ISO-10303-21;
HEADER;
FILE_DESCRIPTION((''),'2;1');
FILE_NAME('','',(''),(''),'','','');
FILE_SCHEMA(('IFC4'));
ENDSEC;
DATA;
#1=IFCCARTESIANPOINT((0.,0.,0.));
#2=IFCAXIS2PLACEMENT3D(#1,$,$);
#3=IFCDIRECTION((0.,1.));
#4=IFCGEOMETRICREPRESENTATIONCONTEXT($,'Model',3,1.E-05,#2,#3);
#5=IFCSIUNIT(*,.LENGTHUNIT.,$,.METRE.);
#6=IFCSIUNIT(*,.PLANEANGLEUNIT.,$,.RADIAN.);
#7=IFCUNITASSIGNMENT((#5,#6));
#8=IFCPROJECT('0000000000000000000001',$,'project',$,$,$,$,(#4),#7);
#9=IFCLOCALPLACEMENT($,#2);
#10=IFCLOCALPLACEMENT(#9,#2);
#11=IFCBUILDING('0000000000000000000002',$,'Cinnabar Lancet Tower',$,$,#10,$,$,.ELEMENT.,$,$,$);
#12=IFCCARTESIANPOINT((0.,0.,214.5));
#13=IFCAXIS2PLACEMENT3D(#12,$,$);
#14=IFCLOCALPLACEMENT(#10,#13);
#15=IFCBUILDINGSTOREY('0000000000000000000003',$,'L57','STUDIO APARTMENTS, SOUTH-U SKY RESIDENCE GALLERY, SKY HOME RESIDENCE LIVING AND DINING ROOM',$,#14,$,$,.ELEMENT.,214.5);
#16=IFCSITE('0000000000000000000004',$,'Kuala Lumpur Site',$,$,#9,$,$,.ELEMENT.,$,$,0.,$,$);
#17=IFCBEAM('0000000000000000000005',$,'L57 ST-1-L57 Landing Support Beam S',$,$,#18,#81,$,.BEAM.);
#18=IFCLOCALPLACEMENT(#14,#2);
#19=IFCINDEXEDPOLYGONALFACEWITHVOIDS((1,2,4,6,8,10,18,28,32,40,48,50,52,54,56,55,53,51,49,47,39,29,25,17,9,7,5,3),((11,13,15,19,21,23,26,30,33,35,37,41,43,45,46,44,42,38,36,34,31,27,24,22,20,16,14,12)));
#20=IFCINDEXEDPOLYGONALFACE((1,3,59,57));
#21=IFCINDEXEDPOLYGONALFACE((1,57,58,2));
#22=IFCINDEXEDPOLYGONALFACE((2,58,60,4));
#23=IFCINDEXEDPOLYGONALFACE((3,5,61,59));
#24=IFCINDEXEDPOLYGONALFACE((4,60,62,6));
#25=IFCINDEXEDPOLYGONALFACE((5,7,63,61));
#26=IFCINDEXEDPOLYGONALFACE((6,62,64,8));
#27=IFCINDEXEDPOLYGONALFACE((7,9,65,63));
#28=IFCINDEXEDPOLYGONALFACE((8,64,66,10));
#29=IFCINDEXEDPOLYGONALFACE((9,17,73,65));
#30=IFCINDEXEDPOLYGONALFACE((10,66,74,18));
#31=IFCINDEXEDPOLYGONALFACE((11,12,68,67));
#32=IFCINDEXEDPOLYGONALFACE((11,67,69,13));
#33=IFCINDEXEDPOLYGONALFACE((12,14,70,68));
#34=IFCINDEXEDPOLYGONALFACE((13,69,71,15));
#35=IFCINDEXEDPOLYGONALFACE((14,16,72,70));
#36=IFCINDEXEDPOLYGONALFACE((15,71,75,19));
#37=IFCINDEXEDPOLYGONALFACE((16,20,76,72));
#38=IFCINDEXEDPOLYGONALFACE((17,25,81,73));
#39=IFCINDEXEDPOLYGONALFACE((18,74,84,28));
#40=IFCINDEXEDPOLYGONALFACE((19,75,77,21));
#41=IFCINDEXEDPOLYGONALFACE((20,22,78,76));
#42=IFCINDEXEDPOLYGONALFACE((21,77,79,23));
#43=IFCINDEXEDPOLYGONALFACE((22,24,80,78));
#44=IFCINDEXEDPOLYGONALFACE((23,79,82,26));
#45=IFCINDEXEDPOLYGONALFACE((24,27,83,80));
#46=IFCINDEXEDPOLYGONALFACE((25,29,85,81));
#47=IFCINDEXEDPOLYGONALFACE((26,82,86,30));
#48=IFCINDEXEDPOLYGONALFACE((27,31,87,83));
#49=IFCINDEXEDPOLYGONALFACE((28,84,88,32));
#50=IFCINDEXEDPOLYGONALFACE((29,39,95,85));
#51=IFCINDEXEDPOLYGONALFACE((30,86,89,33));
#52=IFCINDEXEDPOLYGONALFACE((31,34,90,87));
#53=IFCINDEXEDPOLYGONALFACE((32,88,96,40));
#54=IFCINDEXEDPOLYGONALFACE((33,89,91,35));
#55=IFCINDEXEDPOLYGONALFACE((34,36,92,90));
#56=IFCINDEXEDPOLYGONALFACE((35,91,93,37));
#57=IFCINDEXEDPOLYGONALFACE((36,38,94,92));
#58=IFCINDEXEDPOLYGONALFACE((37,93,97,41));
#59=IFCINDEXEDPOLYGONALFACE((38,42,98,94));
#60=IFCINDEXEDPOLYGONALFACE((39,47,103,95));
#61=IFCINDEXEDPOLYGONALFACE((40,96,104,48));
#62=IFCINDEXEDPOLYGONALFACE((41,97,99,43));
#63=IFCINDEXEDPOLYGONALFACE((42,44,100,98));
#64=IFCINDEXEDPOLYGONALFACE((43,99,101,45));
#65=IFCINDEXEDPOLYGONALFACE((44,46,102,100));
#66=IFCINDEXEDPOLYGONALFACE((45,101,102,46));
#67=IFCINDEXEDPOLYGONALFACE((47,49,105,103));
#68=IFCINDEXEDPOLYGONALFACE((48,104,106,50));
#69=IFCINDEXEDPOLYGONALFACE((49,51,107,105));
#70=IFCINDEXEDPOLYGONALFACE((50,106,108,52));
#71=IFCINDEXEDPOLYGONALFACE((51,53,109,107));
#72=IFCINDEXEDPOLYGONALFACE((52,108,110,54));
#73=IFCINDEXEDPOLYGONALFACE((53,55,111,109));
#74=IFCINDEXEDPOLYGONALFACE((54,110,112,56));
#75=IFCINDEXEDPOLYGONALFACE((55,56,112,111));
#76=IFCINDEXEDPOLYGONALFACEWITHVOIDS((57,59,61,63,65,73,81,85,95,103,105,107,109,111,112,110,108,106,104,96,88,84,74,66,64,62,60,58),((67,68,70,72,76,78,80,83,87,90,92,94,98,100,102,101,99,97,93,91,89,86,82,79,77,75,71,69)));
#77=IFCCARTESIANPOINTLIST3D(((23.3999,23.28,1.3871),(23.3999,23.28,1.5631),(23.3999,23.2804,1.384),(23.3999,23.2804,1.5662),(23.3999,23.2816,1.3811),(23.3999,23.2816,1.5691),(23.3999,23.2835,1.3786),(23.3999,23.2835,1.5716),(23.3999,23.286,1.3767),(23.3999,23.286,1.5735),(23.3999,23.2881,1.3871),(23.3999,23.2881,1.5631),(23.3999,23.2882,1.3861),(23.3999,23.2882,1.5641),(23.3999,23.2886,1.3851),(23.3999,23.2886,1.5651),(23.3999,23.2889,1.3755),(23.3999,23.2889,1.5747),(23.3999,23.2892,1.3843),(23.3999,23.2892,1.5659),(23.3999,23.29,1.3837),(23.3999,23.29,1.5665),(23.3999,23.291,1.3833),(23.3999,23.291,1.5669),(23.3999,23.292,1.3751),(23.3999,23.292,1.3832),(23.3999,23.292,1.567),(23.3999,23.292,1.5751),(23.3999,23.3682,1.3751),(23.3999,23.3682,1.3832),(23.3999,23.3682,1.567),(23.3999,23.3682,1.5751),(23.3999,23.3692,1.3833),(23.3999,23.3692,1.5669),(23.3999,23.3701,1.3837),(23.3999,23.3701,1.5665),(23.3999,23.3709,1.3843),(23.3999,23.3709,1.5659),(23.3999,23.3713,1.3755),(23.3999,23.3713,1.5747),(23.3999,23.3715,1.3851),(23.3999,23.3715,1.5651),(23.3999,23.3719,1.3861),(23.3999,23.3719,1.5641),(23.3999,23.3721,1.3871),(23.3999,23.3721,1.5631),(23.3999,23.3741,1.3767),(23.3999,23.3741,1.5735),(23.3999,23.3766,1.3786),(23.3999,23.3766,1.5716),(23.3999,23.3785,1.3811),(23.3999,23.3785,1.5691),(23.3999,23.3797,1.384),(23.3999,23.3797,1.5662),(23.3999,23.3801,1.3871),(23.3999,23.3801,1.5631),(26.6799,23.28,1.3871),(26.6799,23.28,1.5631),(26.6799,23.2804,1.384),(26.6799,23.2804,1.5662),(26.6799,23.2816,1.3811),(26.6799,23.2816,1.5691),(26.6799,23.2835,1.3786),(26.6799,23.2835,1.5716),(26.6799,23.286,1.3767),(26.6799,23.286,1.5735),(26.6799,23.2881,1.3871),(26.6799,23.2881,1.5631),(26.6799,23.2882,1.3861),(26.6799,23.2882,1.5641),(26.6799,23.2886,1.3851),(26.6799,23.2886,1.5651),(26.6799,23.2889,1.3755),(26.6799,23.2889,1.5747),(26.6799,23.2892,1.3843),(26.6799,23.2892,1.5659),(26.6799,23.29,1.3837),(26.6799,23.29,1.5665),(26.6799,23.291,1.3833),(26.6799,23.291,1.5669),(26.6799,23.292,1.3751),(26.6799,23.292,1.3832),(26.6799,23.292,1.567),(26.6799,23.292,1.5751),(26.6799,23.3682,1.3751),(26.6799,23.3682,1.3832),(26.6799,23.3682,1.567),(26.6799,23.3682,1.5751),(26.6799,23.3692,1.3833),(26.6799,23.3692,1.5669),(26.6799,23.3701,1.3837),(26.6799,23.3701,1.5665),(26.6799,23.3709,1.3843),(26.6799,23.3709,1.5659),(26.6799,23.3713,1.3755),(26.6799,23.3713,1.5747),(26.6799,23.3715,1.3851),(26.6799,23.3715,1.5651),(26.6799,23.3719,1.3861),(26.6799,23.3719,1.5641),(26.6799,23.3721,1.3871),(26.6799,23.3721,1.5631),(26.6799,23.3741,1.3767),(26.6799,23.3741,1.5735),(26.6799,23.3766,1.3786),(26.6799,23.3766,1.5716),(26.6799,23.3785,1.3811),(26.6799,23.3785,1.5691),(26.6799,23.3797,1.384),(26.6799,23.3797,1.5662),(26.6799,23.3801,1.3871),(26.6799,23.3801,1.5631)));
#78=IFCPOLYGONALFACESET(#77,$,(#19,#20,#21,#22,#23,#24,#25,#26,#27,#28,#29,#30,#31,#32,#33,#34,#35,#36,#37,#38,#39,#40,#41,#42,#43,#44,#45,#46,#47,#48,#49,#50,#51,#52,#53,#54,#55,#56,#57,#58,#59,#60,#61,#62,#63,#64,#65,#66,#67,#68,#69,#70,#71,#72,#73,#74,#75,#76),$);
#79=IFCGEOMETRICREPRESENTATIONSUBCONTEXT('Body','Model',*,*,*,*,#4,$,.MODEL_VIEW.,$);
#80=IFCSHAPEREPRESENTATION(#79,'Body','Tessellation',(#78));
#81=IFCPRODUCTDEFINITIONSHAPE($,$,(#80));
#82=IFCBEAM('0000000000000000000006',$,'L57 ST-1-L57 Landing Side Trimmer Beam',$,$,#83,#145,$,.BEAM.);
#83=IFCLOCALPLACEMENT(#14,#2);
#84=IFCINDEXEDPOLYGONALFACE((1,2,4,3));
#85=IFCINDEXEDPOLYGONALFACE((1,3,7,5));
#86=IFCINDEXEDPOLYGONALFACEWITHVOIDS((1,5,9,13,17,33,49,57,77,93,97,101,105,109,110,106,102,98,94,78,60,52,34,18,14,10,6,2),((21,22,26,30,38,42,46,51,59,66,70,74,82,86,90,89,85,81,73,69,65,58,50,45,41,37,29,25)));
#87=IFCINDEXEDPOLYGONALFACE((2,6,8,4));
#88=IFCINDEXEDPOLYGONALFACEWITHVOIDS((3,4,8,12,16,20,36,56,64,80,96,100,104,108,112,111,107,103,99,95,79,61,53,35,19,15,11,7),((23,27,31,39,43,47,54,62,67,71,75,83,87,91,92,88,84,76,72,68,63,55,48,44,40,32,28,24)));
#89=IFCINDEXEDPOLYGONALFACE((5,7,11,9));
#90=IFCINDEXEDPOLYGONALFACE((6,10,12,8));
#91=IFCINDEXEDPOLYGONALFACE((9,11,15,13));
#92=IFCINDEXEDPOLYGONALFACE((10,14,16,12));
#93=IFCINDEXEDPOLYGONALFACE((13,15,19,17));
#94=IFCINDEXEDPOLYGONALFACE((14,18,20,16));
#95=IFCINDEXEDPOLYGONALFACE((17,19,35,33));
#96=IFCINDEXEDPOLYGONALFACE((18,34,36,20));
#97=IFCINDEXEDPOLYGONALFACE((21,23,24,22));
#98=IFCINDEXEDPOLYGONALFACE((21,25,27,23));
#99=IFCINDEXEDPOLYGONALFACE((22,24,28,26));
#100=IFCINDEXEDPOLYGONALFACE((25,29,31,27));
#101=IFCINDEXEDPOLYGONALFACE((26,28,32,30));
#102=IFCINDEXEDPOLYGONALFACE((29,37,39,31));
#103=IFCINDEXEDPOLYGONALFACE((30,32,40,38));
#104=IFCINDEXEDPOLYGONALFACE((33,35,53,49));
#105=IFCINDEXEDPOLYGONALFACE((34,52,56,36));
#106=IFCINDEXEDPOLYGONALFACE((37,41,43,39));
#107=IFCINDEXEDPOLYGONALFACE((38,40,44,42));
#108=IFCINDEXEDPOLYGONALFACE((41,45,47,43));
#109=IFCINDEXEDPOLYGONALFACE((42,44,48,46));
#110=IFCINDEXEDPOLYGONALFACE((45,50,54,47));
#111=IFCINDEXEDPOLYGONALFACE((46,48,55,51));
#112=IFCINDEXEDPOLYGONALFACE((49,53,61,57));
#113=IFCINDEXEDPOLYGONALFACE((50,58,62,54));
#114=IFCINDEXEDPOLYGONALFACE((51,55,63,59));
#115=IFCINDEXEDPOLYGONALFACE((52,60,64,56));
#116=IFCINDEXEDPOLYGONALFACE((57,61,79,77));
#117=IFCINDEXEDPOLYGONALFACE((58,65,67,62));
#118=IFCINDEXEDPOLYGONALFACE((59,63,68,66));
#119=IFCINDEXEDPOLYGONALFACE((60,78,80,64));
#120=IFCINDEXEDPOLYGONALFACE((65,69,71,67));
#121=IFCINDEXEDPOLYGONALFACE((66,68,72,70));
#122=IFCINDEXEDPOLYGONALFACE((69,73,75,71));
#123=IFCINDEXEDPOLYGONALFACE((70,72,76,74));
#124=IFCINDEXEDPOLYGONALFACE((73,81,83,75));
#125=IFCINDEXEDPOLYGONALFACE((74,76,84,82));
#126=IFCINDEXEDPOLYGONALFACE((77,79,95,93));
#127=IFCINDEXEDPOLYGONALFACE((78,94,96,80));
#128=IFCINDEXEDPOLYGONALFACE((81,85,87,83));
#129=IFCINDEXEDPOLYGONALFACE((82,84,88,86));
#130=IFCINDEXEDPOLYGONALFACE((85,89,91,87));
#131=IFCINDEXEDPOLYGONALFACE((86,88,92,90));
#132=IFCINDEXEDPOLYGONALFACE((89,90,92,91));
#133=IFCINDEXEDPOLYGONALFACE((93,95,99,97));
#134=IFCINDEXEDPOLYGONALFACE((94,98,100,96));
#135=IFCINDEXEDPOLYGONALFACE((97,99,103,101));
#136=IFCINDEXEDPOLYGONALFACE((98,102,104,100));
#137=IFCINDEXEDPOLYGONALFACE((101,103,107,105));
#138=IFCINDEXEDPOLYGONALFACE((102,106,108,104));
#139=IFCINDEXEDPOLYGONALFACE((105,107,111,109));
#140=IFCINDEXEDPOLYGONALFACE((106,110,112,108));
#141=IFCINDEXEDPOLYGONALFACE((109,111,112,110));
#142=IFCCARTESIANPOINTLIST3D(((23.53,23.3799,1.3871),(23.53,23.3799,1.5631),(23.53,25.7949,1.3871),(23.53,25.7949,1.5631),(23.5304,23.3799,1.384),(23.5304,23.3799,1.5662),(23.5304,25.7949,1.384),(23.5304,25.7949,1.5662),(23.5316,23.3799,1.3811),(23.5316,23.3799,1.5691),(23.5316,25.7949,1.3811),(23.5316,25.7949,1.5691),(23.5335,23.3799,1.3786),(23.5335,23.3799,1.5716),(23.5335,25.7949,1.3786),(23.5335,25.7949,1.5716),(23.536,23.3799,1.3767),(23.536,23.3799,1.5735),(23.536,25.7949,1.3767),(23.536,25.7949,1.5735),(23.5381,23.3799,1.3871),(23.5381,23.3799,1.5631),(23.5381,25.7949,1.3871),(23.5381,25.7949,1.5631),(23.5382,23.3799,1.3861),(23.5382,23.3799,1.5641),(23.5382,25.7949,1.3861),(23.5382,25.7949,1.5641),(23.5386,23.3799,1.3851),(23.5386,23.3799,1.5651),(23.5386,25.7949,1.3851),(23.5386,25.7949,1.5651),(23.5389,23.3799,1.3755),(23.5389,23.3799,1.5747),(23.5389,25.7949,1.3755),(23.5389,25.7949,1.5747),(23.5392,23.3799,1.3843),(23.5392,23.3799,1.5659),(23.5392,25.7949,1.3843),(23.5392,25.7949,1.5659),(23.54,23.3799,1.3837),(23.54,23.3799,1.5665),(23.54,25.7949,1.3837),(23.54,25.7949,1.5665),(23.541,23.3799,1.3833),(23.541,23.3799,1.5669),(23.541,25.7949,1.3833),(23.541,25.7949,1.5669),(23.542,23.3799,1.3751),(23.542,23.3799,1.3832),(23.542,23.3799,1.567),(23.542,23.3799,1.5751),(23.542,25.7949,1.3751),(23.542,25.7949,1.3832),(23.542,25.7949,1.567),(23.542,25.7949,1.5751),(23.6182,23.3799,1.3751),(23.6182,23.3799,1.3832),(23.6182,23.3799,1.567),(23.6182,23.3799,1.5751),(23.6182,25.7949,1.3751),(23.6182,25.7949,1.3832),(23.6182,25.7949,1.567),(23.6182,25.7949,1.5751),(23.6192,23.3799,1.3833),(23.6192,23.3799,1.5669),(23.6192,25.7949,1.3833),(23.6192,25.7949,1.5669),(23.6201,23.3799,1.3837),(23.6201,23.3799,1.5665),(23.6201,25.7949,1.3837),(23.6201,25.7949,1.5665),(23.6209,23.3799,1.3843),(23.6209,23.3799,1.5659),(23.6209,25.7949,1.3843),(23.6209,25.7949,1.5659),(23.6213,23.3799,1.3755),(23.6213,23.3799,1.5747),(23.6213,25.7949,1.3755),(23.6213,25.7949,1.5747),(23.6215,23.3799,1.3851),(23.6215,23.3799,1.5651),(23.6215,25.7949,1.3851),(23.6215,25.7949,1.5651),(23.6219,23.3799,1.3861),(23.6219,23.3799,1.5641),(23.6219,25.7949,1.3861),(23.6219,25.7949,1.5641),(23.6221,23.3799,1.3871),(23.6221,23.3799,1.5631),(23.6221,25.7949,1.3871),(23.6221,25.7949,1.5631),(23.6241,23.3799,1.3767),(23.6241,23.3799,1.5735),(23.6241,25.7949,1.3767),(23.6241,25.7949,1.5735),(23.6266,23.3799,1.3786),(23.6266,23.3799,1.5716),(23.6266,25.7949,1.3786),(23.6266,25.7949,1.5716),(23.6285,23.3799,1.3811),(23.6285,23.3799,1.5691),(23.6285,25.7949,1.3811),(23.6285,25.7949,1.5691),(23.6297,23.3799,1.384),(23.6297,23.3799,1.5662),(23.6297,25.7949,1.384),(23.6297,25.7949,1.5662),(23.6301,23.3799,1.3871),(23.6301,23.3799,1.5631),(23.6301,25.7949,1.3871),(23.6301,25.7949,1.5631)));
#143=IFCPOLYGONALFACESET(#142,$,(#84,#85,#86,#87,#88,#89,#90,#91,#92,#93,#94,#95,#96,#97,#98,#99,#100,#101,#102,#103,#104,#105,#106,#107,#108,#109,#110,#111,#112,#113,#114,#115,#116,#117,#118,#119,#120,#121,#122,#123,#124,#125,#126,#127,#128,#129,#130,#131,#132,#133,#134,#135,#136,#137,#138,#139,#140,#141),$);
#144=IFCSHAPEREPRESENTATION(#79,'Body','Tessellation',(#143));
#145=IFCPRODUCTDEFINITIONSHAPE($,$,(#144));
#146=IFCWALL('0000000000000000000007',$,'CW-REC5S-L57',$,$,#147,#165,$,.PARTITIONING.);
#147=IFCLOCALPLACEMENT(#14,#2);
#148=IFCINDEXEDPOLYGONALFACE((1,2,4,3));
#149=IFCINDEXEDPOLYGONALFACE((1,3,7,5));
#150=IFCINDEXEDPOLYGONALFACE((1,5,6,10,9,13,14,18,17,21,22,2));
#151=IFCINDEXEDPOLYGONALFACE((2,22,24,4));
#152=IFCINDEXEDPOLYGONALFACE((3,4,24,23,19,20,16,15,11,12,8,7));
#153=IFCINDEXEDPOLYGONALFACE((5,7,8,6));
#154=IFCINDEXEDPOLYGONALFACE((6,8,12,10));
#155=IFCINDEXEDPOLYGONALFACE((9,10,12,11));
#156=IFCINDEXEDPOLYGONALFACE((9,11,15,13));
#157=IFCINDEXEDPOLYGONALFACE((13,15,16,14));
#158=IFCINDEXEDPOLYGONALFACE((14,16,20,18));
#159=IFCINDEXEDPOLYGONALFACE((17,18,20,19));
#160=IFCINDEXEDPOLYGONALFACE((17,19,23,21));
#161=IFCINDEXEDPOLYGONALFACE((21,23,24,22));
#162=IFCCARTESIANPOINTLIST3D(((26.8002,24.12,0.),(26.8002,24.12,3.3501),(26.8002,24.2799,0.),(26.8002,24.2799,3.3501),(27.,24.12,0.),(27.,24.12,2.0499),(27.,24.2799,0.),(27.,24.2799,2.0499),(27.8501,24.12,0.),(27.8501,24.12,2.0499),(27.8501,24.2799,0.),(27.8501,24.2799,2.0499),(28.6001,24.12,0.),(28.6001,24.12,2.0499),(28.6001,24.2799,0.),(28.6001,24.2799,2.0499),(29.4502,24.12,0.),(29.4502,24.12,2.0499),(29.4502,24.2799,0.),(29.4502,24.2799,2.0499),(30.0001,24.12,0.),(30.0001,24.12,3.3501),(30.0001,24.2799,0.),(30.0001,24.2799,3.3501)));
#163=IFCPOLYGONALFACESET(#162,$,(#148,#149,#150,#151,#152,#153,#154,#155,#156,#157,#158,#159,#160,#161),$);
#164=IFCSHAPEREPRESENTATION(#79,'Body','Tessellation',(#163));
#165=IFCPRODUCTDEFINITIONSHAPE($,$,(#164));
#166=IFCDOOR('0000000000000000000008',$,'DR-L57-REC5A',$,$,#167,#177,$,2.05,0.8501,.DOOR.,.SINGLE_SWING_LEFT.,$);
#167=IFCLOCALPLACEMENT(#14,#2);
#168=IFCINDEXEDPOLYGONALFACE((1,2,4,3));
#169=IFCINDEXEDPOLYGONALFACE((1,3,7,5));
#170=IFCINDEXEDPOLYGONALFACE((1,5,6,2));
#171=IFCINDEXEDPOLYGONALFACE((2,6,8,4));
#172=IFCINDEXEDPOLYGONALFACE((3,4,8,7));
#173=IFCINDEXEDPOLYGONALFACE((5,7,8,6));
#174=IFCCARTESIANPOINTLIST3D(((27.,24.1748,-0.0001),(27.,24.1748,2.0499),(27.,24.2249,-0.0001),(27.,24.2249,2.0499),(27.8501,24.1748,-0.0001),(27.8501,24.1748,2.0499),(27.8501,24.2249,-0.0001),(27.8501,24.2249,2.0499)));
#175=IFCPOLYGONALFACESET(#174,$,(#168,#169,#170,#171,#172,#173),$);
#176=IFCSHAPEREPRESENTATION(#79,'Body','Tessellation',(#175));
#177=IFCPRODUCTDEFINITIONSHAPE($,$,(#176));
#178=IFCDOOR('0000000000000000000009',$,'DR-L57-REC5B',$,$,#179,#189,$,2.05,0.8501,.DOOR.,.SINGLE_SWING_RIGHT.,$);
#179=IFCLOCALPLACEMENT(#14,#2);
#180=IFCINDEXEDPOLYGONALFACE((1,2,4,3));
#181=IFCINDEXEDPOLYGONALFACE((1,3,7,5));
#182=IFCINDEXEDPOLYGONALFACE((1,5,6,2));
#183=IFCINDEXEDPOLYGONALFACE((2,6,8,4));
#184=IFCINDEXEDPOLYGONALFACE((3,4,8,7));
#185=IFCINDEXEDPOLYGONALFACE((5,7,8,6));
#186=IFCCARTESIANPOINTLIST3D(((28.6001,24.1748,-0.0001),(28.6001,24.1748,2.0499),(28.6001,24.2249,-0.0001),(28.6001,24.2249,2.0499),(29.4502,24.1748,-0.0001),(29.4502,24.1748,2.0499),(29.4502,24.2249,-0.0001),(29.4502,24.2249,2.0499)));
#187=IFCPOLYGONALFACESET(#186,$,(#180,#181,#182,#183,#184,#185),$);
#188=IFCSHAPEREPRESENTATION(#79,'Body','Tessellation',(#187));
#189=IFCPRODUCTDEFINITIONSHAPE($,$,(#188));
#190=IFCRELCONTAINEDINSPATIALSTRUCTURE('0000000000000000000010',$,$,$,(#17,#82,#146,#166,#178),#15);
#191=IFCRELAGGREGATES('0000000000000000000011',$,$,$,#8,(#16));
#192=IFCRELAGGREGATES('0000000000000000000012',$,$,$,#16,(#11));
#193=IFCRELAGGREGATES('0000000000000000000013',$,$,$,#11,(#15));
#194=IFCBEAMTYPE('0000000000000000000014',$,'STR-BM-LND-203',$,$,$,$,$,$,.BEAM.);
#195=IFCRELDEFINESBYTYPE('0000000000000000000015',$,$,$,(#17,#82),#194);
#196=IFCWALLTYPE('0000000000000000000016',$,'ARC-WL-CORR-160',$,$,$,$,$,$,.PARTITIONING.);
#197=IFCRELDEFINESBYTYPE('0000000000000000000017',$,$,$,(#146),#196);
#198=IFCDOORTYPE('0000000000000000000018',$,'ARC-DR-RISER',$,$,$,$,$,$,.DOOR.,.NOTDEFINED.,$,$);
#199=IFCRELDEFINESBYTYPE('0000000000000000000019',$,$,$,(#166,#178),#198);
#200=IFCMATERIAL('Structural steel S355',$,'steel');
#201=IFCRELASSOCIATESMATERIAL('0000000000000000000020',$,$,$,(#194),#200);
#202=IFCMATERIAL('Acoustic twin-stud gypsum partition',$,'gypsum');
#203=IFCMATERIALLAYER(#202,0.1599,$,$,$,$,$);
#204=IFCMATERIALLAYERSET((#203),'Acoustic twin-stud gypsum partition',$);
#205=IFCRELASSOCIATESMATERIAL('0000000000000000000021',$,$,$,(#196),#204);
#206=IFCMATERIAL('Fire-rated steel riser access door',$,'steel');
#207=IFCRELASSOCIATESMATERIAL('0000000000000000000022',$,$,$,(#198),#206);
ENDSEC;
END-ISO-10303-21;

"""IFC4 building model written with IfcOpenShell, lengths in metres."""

from ifc_helpers import new_model, si_unit, direction, frame, frame_2d, origin, origin_2d, place, context, subcontext, project, spatial, rectangle, hollow_rectangle, extrude, material, layer, layer_set, material_profile, profile_set, type_object, element, fill, save


model = new_model("IFC4")

# Units and contexts
model_context = context("Model", 3, precision=1e-05, world=origin(), true_north=direction((0.0, 1.0)))
body_context = subcontext(model_context, "Body", "Model", "MODEL_VIEW")
ifc_project = project(units=[si_unit("LENGTHUNIT", "METRE"), si_unit("PLANEANGLEUNIT", "RADIAN")], contexts=[model_context])

# Site, building, storey
site_placement = place(None, origin())
site = spatial("IfcSite", under=ifc_project, at=site_placement, Name="Kuala Lumpur Site", CompositionType="ELEMENT", RefElevation=0.0)
building_placement = place(site_placement, origin())
building = spatial("IfcBuilding", under=site, at=building_placement, Name="Cinnabar Lancet Tower", CompositionType="ELEMENT")
storey_placement = place(building_placement, frame((0.0, 0.0, 214.5)))
storey = spatial("IfcBuildingStorey", under=building, at=storey_placement, Name="L57", Description="STUDIO APARTMENTS, SOUTH-U SKY RESIDENCE GALLERY, SKY HOME RESIDENCE LIVING AND DINING ROOM", CompositionType="ELEMENT", Elevation=214.5)

# Beams
ifc_material_1 = material(Name="Structural steel S355", Category="steel")
ifc_material_profile_1 = material_profile(ifc_material_1, hollow_rectangle(XDim=0.1001, YDim=0.2, WallThickness=0.0081, InnerFilletRadius=0.0039, OuterFilletRadius=0.012, at=origin_2d()), Name="RHS 200x100x8")
ifc_profile_set_1 = profile_set([ifc_material_profile_1], Name="Structural steel S355")
beam_type_1 = type_object("IfcBeamType", Name="STR-BM-LND-203", PredefinedType="BEAM", material=ifc_profile_set_1)
beam_1_placement = place(storey_placement, frame((23.3999, 23.3301, 1.4751), z_axis=(1.0, 0.0, 0.0), x_axis=(0.0, 1.0, 0.0)))
element("IfcBeam", 1, at=beam_1_placement, inside=storey, type_object=beam_type_1, Name="L57 ST-1-L57 Landing Support Beam S", PredefinedType="BEAM", context=body_context, shape_type="SweptSolid", body=[
    extrude(hollow_rectangle(XDim=0.1001, YDim=0.2, WallThickness=0.0081, InnerFilletRadius=0.0039, OuterFilletRadius=0.012, at=origin_2d()), origin(), (0.0, 0.0, 1.0), 3.28),
])
beam_2_placement = place(storey_placement, frame((23.5801, 23.3799, 1.4751), z_axis=(0.0, 1.0, 0.0), x_axis=(-1.0, 0.0, 0.0)))
element("IfcBeam", 2, at=beam_2_placement, inside=storey, type_object=beam_type_1, Name="L57 ST-1-L57 Landing Side Trimmer Beam", PredefinedType="BEAM", context=body_context, shape_type="SweptSolid", body=[
    extrude(hollow_rectangle(XDim=0.1001, YDim=0.2, WallThickness=0.0081, InnerFilletRadius=0.0039, OuterFilletRadius=0.012, at=origin_2d()), origin(), (0.0, 0.0, 1.0), 2.415),
])

# Wall, openings, doors
ifc_material_2 = material(Name="Acoustic twin-stud gypsum partition", Category="gypsum")
ifc_layer_1 = layer(ifc_material_2, 0.1599)
ifc_layer_set_1 = layer_set([ifc_layer_1], Name="Acoustic twin-stud gypsum partition")
wall_type_1 = type_object("IfcWallType", Name="ARC-WL-CORR-160", PredefinedType="PARTITIONING", material=ifc_layer_set_1)
wall_1_placement = place(storey_placement, frame((26.8, 24.2, 0.0), z_axis=(0.0, 0.0, 1.0), x_axis=(1.0, 0.0, 0.0)))
wall_1 = element("IfcWall", 3, at=wall_1_placement, inside=storey, type_object=wall_type_1, Name="CW-REC5S-L57", PredefinedType="PARTITIONING", context=body_context, shape_type="SweptSolid", body=[
    extrude(rectangle(XDim=3.2, YDim=0.1599, at=frame_2d((1.6001, 0.0))), origin(), (0.0, 0.0, 1.0), 3.3501),
])
opening_1_placement = place(wall_1_placement, frame((0.2, 0.0, 0.0)))
opening_1 = element("IfcOpeningElement", 4, at=opening_1_placement, cuts=wall_1, PredefinedType="OPENING", context=body_context, shape_type="SweptSolid", body=[
    extrude(rectangle(XDim=0.8501, YDim=2.05, at=frame_2d((0.425, 1.0249))), frame((0.0, 0.0898, 0.0), z_axis=(0.0, -1.0, 0.0), x_axis=(1.0, 0.0, 0.0)), (0.0, 0.0, 1.0), 0.1799),
])
opening_2_placement = place(wall_1_placement, frame((1.8, 0.0, 0.0)))
opening_2 = element("IfcOpeningElement", 5, at=opening_2_placement, cuts=wall_1, PredefinedType="OPENING", context=body_context, shape_type="SweptSolid", body=[
    extrude(rectangle(XDim=0.8501, YDim=2.05, at=frame_2d((0.425, 1.0249))), frame((0.0, 0.0898, 0.0), z_axis=(0.0, -1.0, 0.0), x_axis=(1.0, 0.0, 0.0)), (0.0, 0.0, 1.0), 0.1799),
])
ifc_material_3 = material(Name="Fire-rated steel riser access door", Category="steel")
door_type_1 = type_object("IfcDoorType", Name="ARC-DR-RISER", OperationType="NOTDEFINED", PredefinedType="DOOR", material=ifc_material_3)
door_1_placement = place(opening_1_placement, origin())
door_1 = element("IfcDoor", 6, at=door_1_placement, inside=storey, type_object=door_type_1, Name="DR-L57-REC5A", OperationType="SINGLE_SWING_LEFT", OverallHeight=2.05, OverallWidth=0.8501, PredefinedType="DOOR", context=body_context, shape_type="SweptSolid", body=[
    extrude(rectangle(XDim=0.8501, YDim=2.05, at=frame_2d((0.425, 1.0249))), frame((0.0, 0.0249, 0.0), z_axis=(0.0, -1.0, 0.0), x_axis=(1.0, 0.0, 0.0)), (0.0, 0.0, 1.0), 0.05),
])
fill(opening_1, door_1)
door_2_placement = place(opening_2_placement, origin())
door_2 = element("IfcDoor", 7, at=door_2_placement, inside=storey, type_object=door_type_1, Name="DR-L57-REC5B", OperationType="SINGLE_SWING_RIGHT", OverallHeight=2.05, OverallWidth=0.8501, PredefinedType="DOOR", context=body_context, shape_type="SweptSolid", body=[
    extrude(rectangle(XDim=0.8501, YDim=2.05, at=frame_2d((0.425, 1.0249))), frame((0.0, 0.0249, 0.0), z_axis=(0.0, -1.0, 0.0), x_axis=(1.0, 0.0, 0.0)), (0.0, 0.0, 1.0), 0.05),
])
fill(opening_2, door_2)

save(model, "model.ifc")
